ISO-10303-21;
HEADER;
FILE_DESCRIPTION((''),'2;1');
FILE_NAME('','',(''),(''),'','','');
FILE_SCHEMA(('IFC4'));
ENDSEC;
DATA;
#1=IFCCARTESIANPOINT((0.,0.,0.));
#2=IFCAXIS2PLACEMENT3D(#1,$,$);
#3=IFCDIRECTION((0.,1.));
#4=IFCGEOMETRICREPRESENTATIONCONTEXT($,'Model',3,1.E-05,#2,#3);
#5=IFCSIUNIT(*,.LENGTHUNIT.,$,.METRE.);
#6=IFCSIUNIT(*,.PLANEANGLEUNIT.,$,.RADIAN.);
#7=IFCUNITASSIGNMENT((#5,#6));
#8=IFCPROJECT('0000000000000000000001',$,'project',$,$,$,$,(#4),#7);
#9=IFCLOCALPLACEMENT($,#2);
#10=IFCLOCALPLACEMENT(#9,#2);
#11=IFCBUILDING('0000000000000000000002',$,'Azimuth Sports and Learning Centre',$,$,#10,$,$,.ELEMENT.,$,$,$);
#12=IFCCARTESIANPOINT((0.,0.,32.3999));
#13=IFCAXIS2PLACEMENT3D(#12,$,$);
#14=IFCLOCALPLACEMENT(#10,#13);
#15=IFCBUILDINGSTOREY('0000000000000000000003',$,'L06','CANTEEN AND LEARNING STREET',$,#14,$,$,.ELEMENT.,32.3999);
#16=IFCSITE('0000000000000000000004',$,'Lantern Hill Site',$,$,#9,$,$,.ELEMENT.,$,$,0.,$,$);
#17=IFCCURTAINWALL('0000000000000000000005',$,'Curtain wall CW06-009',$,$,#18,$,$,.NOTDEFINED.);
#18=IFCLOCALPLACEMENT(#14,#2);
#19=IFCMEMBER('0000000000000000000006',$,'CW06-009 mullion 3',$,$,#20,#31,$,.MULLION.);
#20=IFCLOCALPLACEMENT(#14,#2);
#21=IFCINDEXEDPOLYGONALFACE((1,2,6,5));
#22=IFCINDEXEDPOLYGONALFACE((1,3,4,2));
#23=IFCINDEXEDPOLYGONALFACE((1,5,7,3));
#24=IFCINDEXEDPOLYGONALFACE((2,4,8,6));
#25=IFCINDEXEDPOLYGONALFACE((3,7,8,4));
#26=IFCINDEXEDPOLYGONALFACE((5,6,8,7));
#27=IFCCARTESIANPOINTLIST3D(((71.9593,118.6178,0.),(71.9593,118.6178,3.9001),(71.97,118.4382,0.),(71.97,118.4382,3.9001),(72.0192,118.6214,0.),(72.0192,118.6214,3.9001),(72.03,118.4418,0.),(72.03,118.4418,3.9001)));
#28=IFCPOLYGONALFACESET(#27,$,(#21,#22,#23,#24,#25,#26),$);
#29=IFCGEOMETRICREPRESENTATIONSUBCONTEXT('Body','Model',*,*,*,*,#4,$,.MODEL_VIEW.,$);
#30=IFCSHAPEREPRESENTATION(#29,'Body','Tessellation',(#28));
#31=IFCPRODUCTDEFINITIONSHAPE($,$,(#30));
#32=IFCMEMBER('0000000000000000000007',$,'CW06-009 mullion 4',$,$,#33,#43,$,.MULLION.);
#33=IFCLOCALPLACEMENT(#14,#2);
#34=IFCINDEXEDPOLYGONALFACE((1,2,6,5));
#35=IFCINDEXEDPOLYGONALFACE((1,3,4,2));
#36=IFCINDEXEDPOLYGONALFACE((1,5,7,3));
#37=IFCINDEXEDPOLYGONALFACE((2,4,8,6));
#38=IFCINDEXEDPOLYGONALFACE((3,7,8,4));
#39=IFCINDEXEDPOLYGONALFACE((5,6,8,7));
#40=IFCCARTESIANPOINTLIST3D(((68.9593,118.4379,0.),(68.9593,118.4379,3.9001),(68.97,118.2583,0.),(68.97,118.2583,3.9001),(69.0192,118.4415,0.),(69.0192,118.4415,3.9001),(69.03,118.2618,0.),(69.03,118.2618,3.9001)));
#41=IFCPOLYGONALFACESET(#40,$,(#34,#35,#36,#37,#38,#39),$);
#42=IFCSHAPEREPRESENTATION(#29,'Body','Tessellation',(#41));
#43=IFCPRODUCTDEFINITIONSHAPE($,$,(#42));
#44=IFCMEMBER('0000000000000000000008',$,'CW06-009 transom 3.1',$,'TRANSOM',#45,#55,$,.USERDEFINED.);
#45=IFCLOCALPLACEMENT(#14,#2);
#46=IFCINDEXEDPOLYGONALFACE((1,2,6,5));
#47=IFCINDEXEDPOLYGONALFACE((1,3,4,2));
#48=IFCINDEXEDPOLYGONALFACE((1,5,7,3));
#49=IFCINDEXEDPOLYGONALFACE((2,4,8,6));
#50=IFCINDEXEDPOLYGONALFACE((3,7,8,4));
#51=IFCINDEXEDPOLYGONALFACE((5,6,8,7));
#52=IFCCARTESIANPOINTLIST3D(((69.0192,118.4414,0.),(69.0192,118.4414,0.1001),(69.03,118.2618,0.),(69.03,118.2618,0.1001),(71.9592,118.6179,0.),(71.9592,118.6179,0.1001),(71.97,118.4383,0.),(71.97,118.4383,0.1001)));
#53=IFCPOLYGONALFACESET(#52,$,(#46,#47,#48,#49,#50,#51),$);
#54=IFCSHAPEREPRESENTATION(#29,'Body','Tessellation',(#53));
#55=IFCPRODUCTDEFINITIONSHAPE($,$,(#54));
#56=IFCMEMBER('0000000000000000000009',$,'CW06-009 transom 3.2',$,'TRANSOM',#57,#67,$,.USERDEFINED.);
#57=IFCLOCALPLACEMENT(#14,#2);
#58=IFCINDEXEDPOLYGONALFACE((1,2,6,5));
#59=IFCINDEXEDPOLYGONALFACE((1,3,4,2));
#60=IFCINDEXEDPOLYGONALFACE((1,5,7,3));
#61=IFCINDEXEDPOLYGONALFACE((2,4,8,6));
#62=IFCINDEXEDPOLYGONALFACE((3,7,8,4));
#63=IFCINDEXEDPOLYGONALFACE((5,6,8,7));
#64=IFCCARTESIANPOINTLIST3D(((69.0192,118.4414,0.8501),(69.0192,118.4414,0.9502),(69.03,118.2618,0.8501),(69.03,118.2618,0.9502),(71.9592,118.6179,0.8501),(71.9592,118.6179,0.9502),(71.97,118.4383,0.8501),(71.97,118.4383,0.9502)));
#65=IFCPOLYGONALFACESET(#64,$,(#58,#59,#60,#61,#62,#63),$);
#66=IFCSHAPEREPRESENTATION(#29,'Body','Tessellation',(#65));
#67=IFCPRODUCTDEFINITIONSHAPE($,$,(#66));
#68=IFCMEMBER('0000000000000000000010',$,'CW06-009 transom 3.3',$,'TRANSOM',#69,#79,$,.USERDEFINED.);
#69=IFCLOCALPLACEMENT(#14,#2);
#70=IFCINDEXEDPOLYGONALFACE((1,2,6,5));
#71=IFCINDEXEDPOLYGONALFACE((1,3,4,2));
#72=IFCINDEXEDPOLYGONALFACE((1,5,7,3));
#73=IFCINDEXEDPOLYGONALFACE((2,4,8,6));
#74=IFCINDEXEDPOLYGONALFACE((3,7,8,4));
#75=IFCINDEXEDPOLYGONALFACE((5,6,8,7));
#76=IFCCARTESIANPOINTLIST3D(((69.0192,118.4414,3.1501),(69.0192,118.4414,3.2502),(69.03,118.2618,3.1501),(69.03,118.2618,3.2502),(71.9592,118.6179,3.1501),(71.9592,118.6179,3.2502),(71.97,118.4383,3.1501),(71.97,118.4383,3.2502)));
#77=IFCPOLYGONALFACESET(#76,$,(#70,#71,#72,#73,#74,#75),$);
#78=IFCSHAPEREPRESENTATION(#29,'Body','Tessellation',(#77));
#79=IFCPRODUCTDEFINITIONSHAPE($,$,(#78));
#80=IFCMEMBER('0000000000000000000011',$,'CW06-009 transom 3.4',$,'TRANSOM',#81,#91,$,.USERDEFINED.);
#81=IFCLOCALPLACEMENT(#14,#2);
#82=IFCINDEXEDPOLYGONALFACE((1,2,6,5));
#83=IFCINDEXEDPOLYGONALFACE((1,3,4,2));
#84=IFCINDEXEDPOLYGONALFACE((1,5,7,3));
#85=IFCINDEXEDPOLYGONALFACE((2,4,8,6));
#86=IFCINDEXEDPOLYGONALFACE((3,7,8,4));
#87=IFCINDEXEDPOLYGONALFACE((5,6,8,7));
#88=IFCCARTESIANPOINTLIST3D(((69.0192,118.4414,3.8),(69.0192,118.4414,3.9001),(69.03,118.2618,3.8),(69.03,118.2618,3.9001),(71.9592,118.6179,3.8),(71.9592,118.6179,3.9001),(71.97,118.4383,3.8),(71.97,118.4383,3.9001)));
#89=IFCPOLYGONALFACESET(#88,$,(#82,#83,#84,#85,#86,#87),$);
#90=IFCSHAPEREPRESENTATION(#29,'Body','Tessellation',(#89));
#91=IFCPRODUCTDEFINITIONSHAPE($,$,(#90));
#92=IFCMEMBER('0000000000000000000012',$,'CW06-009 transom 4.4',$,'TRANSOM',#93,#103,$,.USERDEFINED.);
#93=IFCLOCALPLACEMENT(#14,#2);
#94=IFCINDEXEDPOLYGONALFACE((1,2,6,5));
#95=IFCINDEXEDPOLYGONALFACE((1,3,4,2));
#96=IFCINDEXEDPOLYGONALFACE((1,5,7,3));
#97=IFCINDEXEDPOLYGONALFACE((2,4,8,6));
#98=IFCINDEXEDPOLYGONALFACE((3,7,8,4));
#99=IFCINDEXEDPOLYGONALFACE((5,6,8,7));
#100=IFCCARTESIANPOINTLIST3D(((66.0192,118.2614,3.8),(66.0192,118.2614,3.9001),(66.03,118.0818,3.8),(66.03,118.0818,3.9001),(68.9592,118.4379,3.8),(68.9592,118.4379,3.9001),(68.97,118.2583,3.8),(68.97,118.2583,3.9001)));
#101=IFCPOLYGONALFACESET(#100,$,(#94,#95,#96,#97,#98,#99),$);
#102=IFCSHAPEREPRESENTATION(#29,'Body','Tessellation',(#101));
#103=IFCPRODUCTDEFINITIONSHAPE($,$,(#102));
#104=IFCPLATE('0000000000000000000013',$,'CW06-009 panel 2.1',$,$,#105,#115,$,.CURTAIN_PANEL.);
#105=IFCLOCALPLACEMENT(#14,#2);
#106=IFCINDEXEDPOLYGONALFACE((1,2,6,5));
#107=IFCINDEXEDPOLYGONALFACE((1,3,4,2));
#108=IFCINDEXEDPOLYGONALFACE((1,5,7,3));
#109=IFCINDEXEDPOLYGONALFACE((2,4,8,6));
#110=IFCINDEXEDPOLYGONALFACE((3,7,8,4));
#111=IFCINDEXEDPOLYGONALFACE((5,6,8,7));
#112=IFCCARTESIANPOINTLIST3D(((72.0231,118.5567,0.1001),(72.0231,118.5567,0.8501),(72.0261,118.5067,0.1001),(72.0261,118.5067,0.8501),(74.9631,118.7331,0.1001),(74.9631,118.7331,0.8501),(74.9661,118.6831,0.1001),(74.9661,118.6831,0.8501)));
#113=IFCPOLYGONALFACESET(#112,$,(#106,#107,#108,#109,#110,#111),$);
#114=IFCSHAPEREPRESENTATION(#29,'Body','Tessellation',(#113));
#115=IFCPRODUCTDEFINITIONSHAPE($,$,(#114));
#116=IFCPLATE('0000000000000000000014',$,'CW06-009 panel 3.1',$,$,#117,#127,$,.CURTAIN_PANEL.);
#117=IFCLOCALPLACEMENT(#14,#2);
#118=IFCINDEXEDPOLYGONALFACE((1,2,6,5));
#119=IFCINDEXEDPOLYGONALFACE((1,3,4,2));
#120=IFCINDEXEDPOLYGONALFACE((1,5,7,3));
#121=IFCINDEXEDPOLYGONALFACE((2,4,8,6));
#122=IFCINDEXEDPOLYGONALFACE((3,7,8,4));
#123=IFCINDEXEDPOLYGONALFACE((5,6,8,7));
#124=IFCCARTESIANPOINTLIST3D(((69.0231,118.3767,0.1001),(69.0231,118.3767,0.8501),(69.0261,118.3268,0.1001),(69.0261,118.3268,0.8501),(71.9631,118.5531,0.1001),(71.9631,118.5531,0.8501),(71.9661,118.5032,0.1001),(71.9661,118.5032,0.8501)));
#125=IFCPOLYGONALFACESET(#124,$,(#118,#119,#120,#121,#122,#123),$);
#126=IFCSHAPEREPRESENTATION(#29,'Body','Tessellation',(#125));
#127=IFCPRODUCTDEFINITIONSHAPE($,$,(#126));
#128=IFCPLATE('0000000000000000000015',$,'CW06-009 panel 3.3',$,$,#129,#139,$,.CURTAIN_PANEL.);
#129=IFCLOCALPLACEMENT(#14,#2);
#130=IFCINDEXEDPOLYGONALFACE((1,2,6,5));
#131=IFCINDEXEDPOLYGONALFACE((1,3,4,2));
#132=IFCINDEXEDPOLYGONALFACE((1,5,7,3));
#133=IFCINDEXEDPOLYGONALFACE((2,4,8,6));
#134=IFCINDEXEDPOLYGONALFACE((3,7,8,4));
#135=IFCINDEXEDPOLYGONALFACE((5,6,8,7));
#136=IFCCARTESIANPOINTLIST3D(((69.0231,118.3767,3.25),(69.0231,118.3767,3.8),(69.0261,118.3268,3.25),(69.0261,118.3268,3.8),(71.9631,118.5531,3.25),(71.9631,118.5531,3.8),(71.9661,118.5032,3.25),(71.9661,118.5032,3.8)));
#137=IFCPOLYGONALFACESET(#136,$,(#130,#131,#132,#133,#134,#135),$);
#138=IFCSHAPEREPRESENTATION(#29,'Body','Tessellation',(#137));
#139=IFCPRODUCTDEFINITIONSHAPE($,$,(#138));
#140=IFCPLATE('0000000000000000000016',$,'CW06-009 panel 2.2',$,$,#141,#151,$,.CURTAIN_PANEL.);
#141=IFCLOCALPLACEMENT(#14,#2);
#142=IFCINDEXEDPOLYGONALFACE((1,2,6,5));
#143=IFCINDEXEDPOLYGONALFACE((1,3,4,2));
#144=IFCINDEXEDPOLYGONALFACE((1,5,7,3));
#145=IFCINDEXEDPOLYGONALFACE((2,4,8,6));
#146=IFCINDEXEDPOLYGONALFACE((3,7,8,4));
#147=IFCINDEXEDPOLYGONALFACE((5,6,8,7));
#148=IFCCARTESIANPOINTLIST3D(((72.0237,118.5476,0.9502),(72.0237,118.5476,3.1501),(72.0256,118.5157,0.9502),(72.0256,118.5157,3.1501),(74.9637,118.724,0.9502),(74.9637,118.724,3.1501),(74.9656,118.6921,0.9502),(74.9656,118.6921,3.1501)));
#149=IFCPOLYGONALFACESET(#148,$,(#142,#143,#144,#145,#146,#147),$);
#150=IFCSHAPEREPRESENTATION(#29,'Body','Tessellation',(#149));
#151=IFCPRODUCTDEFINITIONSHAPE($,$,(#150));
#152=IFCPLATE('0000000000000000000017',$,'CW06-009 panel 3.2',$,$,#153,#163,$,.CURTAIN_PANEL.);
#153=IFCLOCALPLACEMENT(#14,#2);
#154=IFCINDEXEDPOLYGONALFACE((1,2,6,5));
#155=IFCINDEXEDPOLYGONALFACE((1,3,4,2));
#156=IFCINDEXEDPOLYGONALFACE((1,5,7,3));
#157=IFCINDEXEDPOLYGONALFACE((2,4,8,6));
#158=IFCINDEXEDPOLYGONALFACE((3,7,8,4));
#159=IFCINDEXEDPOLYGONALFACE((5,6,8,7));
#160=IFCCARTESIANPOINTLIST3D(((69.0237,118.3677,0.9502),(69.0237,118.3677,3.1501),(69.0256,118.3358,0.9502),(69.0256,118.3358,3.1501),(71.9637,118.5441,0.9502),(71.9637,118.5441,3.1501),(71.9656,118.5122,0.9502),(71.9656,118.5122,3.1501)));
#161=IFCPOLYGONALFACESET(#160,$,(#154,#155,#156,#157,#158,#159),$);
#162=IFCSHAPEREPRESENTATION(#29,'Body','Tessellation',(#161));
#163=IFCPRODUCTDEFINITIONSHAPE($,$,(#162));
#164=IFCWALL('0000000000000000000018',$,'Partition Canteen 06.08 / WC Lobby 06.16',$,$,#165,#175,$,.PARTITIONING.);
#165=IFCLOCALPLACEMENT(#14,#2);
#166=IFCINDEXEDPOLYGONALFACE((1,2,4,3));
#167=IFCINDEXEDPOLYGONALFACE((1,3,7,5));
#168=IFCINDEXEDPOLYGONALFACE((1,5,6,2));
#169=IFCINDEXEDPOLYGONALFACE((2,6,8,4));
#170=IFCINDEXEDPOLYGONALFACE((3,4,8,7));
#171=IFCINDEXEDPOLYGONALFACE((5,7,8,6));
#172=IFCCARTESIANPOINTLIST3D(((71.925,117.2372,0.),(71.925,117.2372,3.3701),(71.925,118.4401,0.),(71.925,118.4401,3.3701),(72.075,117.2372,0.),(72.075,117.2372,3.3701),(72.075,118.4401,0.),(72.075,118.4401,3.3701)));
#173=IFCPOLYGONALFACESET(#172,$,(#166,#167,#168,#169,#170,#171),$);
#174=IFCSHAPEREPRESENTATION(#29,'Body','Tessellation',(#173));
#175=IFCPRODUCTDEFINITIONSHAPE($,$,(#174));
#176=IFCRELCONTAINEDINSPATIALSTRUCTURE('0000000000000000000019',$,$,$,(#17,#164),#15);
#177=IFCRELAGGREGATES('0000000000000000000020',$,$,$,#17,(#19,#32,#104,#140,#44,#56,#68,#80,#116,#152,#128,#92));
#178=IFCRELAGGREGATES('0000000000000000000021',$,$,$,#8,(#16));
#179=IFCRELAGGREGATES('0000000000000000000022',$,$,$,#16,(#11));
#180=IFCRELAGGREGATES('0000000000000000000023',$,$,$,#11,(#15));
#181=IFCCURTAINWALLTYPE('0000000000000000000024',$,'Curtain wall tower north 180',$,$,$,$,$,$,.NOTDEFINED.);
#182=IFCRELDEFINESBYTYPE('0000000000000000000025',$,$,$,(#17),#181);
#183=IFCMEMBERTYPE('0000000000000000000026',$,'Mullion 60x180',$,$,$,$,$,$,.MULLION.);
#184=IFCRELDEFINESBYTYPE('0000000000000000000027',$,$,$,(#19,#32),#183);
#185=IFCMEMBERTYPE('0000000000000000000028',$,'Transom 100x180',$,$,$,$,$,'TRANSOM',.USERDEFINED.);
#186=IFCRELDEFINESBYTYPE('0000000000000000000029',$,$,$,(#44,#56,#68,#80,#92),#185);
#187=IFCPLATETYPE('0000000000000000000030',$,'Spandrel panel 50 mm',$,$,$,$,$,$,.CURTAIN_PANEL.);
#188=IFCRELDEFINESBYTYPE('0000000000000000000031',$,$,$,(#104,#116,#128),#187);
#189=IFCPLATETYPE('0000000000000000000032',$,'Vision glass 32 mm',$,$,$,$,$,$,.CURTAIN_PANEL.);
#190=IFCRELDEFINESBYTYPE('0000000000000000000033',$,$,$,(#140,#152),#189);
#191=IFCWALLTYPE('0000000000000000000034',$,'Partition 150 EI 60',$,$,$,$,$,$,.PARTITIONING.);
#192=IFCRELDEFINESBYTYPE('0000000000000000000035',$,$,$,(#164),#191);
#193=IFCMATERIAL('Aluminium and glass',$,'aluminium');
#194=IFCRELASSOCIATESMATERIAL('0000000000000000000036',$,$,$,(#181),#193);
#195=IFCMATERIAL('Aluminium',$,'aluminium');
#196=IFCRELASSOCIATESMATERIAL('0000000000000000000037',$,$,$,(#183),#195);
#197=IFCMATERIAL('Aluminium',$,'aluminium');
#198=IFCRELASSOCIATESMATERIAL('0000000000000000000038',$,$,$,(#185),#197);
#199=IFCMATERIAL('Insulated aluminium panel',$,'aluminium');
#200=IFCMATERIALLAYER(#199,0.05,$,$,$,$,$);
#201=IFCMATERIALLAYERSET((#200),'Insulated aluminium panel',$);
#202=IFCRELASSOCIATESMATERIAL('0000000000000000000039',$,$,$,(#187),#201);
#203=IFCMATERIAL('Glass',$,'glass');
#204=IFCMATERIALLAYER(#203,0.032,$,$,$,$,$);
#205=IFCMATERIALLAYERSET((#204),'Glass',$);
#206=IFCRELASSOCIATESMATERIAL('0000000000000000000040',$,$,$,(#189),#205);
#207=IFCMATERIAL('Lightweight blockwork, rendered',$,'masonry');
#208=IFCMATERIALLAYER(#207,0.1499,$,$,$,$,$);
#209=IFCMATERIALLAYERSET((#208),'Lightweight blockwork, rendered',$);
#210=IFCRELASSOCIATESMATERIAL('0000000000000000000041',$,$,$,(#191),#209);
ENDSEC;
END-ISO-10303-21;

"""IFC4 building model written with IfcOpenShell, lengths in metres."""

from ifc_helpers import new_model, si_unit, direction, frame, frame_2d, origin, origin_2d, place, context, subcontext, project, spatial, rectangle, extrude, material, layer, layer_set, material_profile, profile_set, type_object, element, aggregate, save


model = new_model("IFC4")

# Units and contexts
model_context = context("Model", 3, precision=1e-05, world=origin(), true_north=direction((0.0, 1.0)))
body_context = subcontext(model_context, "Body", "Model", "MODEL_VIEW")
ifc_project = project(units=[si_unit("LENGTHUNIT", "METRE"), si_unit("PLANEANGLEUNIT", "RADIAN")], contexts=[model_context])

# Site, building, storey
site_placement = place(None, origin())
site = spatial("IfcSite", under=ifc_project, at=site_placement, Name="Lantern Hill Site", CompositionType="ELEMENT", RefElevation=0.0)
building_placement = place(site_placement, origin())
building = spatial("IfcBuilding", under=site, at=building_placement, Name="Azimuth Sports and Learning Centre", CompositionType="ELEMENT")
storey_placement = place(building_placement, frame((0.0, 0.0, 32.3999)))
storey = spatial("IfcBuildingStorey", under=building, at=storey_placement, Name="L06", Description="CANTEEN AND LEARNING STREET", CompositionType="ELEMENT", Elevation=32.3999)

# Curtain wall, members, plates
ifc_material_1 = material(Name="Aluminium and glass", Category="aluminium")
curtain_wall_type = type_object("IfcCurtainWallType", Name="Curtain wall tower north 180", PredefinedType="NOTDEFINED", material=ifc_material_1)
curtain_wall_placement = place(storey_placement, origin())
curtain_wall = element("IfcCurtainWall", 1, at=curtain_wall_placement, inside=storey, type_object=curtain_wall_type, Name="Curtain wall CW06-009", PredefinedType="NOTDEFINED")
ifc_material_2 = material(Name="Aluminium", Category="aluminium")
ifc_material_profile_1 = material_profile(ifc_material_2, rectangle(XDim=0.1799, YDim=0.0601, at=origin_2d()), Name="Mullion 60x180")
ifc_profile_set_1 = profile_set([ifc_material_profile_1], Name="Aluminium")
member_type_1 = type_object("IfcMemberType", Name="Mullion 60x180", PredefinedType="MULLION", material=ifc_profile_set_1)
member_1_placement = place(storey_placement, frame((71.9946, 118.5298, 0.0), z_axis=(0.0, 0.0, 1.0), x_axis=(0.059892, -0.998205, 0.0)))
member_1 = element("IfcMember", 2, at=member_1_placement, type_object=member_type_1, Name="CW06-009 mullion 3", PredefinedType="MULLION", context=body_context, shape_type="SweptSolid", body=[
    extrude(rectangle(XDim=0.1799, YDim=0.0601, at=origin_2d()), origin(), (0.0, 0.0, 1.0), 3.9001),
])
member_2_placement = place(storey_placement, frame((68.9946, 118.3499, 0.0), z_axis=(0.0, 0.0, 1.0), x_axis=(0.059892, -0.998205, 0.0)))
member_2 = element("IfcMember", 3, at=member_2_placement, type_object=member_type_1, Name="CW06-009 mullion 4", PredefinedType="MULLION", context=body_context, shape_type="SweptSolid", body=[
    extrude(rectangle(XDim=0.1799, YDim=0.0601, at=origin_2d()), origin(), (0.0, 0.0, 1.0), 3.9001),
])
ifc_material_3 = material(Name="Aluminium", Category="aluminium")
ifc_material_profile_2 = material_profile(ifc_material_3, rectangle(XDim=0.1799, YDim=0.1001, at=origin_2d()), Name="Transom 100x180")
ifc_profile_set_2 = profile_set([ifc_material_profile_2], Name="Aluminium")
member_type_2 = type_object("IfcMemberType", Name="Transom 100x180", ElementType="TRANSOM", PredefinedType="USERDEFINED", material=ifc_profile_set_2)
member_3_placement = place(storey_placement, frame((71.9646, 118.5281, 0.05), z_axis=(-0.998202, -0.059932, 0.0), x_axis=(0.059932, -0.998202, 0.0)))
member_3 = element("IfcMember", 4, at=member_3_placement, type_object=member_type_2, Name="CW06-009 transom 3.1", ObjectType="TRANSOM", PredefinedType="USERDEFINED", context=body_context, shape_type="SweptSolid", body=[
    extrude(rectangle(XDim=0.1799, YDim=0.1001, at=origin_2d()), origin(), (0.0, 0.0, 1.0), 2.9453),
])
member_4_placement = place(storey_placement, frame((71.9646, 118.5281, 0.9001), z_axis=(-0.998202, -0.059932, 0.0), x_axis=(0.059932, -0.998202, 0.0)))
member_4 = element("IfcMember", 5, at=member_4_placement, type_object=member_type_2, Name="CW06-009 transom 3.2", ObjectType="TRANSOM", PredefinedType="USERDEFINED", context=body_context, shape_type="SweptSolid", body=[
    extrude(rectangle(XDim=0.1799, YDim=0.1001, at=origin_2d()), origin(), (0.0, 0.0, 1.0), 2.9453),
])
member_5_placement = place(storey_placement, frame((71.9646, 118.5281, 3.2002), z_axis=(-0.998202, -0.059932, 0.0), x_axis=(0.059932, -0.998202, 0.0)))
member_5 = element("IfcMember", 6, at=member_5_placement, type_object=member_type_2, Name="CW06-009 transom 3.3", ObjectType="TRANSOM", PredefinedType="USERDEFINED", context=body_context, shape_type="SweptSolid", body=[
    extrude(rectangle(XDim=0.1799, YDim=0.1001, at=origin_2d()), origin(), (0.0, 0.0, 1.0), 2.9453),
])
member_6_placement = place(storey_placement, frame((71.9646, 118.5281, 3.8501), z_axis=(-0.998202, -0.059932, 0.0), x_axis=(0.059932, -0.998202, 0.0)))
member_6 = element("IfcMember", 7, at=member_6_placement, type_object=member_type_2, Name="CW06-009 transom 3.4", ObjectType="TRANSOM", PredefinedType="USERDEFINED", context=body_context, shape_type="SweptSolid", body=[
    extrude(rectangle(XDim=0.1799, YDim=0.1001, at=origin_2d()), origin(), (0.0, 0.0, 1.0), 2.9453),
])
member_7_placement = place(storey_placement, frame((68.9646, 118.3481, 3.8501), z_axis=(-0.998202, -0.059932, 0.0), x_axis=(0.059932, -0.998202, 0.0)))
member_7 = element("IfcMember", 8, at=member_7_placement, type_object=member_type_2, Name="CW06-009 transom 4.4", ObjectType="TRANSOM", PredefinedType="USERDEFINED", context=body_context, shape_type="SweptSolid", body=[
    extrude(rectangle(XDim=0.1799, YDim=0.1001, at=origin_2d()), origin(), (0.0, 0.0, 1.0), 2.9453),
])
ifc_material_4 = material(Name="Insulated aluminium panel", Category="aluminium")
ifc_layer_1 = layer(ifc_material_4, 0.05)
ifc_layer_set_1 = layer_set([ifc_layer_1], Name="Insulated aluminium panel")
plate_type_1 = type_object("IfcPlateType", Name="Spandrel panel 50 mm", PredefinedType="CURTAIN_PANEL", material=ifc_layer_set_1)
plate_1_placement = place(storey_placement, frame((73.4946, 118.6199, 0.1001), z_axis=(0.0, 0.0, 1.0), x_axis=(-0.998205, -0.059892, 0.0)))
plate_1 = element("IfcPlate", 9, at=plate_1_placement, type_object=plate_type_1, Name="CW06-009 panel 2.1", PredefinedType="CURTAIN_PANEL", context=body_context, shape_type="SweptSolid", body=[
    extrude(rectangle(XDim=2.9453, YDim=0.05, at=origin_2d()), origin(), (0.0, 0.0, 1.0), 0.75),
])
plate_2_placement = place(storey_placement, frame((70.4946, 118.4399, 0.1001), z_axis=(0.0, 0.0, 1.0), x_axis=(-0.998205, -0.059892, 0.0)))
plate_2 = element("IfcPlate", 10, at=plate_2_placement, type_object=plate_type_1, Name="CW06-009 panel 3.1", PredefinedType="CURTAIN_PANEL", context=body_context, shape_type="SweptSolid", body=[
    extrude(rectangle(XDim=2.9453, YDim=0.05, at=origin_2d()), origin(), (0.0, 0.0, 1.0), 0.75),
])
plate_3_placement = place(storey_placement, frame((70.4946, 118.4399, 3.25), z_axis=(0.0, 0.0, 1.0), x_axis=(-0.998205, -0.059892, 0.0)))
plate_3 = element("IfcPlate", 11, at=plate_3_placement, type_object=plate_type_1, Name="CW06-009 panel 3.3", PredefinedType="CURTAIN_PANEL", context=body_context, shape_type="SweptSolid", body=[
    extrude(rectangle(XDim=2.9453, YDim=0.05, at=origin_2d()), origin(), (0.0, 0.0, 1.0), 0.55),
])
ifc_material_5 = material(Name="Glass", Category="glass")
ifc_layer_2 = layer(ifc_material_5, 0.032)
ifc_layer_set_2 = layer_set([ifc_layer_2], Name="Glass")
plate_type_2 = type_object("IfcPlateType", Name="Vision glass 32 mm", PredefinedType="CURTAIN_PANEL", material=ifc_layer_set_2)
plate_4_placement = place(storey_placement, frame((73.4946, 118.6199, 0.9502), z_axis=(0.0, 0.0, 1.0), x_axis=(-0.998205, -0.059892, 0.0)))
plate_4 = element("IfcPlate", 12, at=plate_4_placement, type_object=plate_type_2, Name="CW06-009 panel 2.2", PredefinedType="CURTAIN_PANEL", context=body_context, shape_type="SweptSolid", body=[
    extrude(rectangle(XDim=2.9453, YDim=0.032, at=origin_2d()), origin(), (0.0, 0.0, 1.0), 2.2),
])
plate_5_placement = place(storey_placement, frame((70.4946, 118.4399, 0.9502), z_axis=(0.0, 0.0, 1.0), x_axis=(-0.998205, -0.059892, 0.0)))
plate_5 = element("IfcPlate", 13, at=plate_5_placement, type_object=plate_type_2, Name="CW06-009 panel 3.2", PredefinedType="CURTAIN_PANEL", context=body_context, shape_type="SweptSolid", body=[
    extrude(rectangle(XDim=2.9453, YDim=0.032, at=origin_2d()), origin(), (0.0, 0.0, 1.0), 2.2),
])
aggregate(curtain_wall, [member_1, member_2, plate_1, plate_4, member_3, member_4, member_5, member_6, plate_2, plate_5, plate_3, member_7])

# Wall
ifc_material_6 = material(Name="Lightweight blockwork, rendered", Category="masonry")
ifc_layer_3 = layer(ifc_material_6, 0.1499)
ifc_layer_set_3 = layer_set([ifc_layer_3], Name="Lightweight blockwork, rendered")
wall_type = type_object("IfcWallType", Name="Partition 150 EI 60", PredefinedType="PARTITIONING", material=ifc_layer_set_3)
wall_placement = place(storey_placement, frame((72.0, 117.2371, 0.0), z_axis=(0.0, 0.0, 1.0), x_axis=(0.0, 1.0, 0.0)))
element("IfcWall", 14, at=wall_placement, inside=storey, type_object=wall_type, Name="Partition Canteen 06.08 / WC Lobby 06.16", PredefinedType="PARTITIONING", context=body_context, shape_type="SweptSolid", body=[
    extrude(rectangle(XDim=1.2029, YDim=0.1499, at=frame_2d((0.6016, 0.0))), origin(), (0.0, 0.0, 1.0), 3.3701),
])

save(model, "model.ifc")
